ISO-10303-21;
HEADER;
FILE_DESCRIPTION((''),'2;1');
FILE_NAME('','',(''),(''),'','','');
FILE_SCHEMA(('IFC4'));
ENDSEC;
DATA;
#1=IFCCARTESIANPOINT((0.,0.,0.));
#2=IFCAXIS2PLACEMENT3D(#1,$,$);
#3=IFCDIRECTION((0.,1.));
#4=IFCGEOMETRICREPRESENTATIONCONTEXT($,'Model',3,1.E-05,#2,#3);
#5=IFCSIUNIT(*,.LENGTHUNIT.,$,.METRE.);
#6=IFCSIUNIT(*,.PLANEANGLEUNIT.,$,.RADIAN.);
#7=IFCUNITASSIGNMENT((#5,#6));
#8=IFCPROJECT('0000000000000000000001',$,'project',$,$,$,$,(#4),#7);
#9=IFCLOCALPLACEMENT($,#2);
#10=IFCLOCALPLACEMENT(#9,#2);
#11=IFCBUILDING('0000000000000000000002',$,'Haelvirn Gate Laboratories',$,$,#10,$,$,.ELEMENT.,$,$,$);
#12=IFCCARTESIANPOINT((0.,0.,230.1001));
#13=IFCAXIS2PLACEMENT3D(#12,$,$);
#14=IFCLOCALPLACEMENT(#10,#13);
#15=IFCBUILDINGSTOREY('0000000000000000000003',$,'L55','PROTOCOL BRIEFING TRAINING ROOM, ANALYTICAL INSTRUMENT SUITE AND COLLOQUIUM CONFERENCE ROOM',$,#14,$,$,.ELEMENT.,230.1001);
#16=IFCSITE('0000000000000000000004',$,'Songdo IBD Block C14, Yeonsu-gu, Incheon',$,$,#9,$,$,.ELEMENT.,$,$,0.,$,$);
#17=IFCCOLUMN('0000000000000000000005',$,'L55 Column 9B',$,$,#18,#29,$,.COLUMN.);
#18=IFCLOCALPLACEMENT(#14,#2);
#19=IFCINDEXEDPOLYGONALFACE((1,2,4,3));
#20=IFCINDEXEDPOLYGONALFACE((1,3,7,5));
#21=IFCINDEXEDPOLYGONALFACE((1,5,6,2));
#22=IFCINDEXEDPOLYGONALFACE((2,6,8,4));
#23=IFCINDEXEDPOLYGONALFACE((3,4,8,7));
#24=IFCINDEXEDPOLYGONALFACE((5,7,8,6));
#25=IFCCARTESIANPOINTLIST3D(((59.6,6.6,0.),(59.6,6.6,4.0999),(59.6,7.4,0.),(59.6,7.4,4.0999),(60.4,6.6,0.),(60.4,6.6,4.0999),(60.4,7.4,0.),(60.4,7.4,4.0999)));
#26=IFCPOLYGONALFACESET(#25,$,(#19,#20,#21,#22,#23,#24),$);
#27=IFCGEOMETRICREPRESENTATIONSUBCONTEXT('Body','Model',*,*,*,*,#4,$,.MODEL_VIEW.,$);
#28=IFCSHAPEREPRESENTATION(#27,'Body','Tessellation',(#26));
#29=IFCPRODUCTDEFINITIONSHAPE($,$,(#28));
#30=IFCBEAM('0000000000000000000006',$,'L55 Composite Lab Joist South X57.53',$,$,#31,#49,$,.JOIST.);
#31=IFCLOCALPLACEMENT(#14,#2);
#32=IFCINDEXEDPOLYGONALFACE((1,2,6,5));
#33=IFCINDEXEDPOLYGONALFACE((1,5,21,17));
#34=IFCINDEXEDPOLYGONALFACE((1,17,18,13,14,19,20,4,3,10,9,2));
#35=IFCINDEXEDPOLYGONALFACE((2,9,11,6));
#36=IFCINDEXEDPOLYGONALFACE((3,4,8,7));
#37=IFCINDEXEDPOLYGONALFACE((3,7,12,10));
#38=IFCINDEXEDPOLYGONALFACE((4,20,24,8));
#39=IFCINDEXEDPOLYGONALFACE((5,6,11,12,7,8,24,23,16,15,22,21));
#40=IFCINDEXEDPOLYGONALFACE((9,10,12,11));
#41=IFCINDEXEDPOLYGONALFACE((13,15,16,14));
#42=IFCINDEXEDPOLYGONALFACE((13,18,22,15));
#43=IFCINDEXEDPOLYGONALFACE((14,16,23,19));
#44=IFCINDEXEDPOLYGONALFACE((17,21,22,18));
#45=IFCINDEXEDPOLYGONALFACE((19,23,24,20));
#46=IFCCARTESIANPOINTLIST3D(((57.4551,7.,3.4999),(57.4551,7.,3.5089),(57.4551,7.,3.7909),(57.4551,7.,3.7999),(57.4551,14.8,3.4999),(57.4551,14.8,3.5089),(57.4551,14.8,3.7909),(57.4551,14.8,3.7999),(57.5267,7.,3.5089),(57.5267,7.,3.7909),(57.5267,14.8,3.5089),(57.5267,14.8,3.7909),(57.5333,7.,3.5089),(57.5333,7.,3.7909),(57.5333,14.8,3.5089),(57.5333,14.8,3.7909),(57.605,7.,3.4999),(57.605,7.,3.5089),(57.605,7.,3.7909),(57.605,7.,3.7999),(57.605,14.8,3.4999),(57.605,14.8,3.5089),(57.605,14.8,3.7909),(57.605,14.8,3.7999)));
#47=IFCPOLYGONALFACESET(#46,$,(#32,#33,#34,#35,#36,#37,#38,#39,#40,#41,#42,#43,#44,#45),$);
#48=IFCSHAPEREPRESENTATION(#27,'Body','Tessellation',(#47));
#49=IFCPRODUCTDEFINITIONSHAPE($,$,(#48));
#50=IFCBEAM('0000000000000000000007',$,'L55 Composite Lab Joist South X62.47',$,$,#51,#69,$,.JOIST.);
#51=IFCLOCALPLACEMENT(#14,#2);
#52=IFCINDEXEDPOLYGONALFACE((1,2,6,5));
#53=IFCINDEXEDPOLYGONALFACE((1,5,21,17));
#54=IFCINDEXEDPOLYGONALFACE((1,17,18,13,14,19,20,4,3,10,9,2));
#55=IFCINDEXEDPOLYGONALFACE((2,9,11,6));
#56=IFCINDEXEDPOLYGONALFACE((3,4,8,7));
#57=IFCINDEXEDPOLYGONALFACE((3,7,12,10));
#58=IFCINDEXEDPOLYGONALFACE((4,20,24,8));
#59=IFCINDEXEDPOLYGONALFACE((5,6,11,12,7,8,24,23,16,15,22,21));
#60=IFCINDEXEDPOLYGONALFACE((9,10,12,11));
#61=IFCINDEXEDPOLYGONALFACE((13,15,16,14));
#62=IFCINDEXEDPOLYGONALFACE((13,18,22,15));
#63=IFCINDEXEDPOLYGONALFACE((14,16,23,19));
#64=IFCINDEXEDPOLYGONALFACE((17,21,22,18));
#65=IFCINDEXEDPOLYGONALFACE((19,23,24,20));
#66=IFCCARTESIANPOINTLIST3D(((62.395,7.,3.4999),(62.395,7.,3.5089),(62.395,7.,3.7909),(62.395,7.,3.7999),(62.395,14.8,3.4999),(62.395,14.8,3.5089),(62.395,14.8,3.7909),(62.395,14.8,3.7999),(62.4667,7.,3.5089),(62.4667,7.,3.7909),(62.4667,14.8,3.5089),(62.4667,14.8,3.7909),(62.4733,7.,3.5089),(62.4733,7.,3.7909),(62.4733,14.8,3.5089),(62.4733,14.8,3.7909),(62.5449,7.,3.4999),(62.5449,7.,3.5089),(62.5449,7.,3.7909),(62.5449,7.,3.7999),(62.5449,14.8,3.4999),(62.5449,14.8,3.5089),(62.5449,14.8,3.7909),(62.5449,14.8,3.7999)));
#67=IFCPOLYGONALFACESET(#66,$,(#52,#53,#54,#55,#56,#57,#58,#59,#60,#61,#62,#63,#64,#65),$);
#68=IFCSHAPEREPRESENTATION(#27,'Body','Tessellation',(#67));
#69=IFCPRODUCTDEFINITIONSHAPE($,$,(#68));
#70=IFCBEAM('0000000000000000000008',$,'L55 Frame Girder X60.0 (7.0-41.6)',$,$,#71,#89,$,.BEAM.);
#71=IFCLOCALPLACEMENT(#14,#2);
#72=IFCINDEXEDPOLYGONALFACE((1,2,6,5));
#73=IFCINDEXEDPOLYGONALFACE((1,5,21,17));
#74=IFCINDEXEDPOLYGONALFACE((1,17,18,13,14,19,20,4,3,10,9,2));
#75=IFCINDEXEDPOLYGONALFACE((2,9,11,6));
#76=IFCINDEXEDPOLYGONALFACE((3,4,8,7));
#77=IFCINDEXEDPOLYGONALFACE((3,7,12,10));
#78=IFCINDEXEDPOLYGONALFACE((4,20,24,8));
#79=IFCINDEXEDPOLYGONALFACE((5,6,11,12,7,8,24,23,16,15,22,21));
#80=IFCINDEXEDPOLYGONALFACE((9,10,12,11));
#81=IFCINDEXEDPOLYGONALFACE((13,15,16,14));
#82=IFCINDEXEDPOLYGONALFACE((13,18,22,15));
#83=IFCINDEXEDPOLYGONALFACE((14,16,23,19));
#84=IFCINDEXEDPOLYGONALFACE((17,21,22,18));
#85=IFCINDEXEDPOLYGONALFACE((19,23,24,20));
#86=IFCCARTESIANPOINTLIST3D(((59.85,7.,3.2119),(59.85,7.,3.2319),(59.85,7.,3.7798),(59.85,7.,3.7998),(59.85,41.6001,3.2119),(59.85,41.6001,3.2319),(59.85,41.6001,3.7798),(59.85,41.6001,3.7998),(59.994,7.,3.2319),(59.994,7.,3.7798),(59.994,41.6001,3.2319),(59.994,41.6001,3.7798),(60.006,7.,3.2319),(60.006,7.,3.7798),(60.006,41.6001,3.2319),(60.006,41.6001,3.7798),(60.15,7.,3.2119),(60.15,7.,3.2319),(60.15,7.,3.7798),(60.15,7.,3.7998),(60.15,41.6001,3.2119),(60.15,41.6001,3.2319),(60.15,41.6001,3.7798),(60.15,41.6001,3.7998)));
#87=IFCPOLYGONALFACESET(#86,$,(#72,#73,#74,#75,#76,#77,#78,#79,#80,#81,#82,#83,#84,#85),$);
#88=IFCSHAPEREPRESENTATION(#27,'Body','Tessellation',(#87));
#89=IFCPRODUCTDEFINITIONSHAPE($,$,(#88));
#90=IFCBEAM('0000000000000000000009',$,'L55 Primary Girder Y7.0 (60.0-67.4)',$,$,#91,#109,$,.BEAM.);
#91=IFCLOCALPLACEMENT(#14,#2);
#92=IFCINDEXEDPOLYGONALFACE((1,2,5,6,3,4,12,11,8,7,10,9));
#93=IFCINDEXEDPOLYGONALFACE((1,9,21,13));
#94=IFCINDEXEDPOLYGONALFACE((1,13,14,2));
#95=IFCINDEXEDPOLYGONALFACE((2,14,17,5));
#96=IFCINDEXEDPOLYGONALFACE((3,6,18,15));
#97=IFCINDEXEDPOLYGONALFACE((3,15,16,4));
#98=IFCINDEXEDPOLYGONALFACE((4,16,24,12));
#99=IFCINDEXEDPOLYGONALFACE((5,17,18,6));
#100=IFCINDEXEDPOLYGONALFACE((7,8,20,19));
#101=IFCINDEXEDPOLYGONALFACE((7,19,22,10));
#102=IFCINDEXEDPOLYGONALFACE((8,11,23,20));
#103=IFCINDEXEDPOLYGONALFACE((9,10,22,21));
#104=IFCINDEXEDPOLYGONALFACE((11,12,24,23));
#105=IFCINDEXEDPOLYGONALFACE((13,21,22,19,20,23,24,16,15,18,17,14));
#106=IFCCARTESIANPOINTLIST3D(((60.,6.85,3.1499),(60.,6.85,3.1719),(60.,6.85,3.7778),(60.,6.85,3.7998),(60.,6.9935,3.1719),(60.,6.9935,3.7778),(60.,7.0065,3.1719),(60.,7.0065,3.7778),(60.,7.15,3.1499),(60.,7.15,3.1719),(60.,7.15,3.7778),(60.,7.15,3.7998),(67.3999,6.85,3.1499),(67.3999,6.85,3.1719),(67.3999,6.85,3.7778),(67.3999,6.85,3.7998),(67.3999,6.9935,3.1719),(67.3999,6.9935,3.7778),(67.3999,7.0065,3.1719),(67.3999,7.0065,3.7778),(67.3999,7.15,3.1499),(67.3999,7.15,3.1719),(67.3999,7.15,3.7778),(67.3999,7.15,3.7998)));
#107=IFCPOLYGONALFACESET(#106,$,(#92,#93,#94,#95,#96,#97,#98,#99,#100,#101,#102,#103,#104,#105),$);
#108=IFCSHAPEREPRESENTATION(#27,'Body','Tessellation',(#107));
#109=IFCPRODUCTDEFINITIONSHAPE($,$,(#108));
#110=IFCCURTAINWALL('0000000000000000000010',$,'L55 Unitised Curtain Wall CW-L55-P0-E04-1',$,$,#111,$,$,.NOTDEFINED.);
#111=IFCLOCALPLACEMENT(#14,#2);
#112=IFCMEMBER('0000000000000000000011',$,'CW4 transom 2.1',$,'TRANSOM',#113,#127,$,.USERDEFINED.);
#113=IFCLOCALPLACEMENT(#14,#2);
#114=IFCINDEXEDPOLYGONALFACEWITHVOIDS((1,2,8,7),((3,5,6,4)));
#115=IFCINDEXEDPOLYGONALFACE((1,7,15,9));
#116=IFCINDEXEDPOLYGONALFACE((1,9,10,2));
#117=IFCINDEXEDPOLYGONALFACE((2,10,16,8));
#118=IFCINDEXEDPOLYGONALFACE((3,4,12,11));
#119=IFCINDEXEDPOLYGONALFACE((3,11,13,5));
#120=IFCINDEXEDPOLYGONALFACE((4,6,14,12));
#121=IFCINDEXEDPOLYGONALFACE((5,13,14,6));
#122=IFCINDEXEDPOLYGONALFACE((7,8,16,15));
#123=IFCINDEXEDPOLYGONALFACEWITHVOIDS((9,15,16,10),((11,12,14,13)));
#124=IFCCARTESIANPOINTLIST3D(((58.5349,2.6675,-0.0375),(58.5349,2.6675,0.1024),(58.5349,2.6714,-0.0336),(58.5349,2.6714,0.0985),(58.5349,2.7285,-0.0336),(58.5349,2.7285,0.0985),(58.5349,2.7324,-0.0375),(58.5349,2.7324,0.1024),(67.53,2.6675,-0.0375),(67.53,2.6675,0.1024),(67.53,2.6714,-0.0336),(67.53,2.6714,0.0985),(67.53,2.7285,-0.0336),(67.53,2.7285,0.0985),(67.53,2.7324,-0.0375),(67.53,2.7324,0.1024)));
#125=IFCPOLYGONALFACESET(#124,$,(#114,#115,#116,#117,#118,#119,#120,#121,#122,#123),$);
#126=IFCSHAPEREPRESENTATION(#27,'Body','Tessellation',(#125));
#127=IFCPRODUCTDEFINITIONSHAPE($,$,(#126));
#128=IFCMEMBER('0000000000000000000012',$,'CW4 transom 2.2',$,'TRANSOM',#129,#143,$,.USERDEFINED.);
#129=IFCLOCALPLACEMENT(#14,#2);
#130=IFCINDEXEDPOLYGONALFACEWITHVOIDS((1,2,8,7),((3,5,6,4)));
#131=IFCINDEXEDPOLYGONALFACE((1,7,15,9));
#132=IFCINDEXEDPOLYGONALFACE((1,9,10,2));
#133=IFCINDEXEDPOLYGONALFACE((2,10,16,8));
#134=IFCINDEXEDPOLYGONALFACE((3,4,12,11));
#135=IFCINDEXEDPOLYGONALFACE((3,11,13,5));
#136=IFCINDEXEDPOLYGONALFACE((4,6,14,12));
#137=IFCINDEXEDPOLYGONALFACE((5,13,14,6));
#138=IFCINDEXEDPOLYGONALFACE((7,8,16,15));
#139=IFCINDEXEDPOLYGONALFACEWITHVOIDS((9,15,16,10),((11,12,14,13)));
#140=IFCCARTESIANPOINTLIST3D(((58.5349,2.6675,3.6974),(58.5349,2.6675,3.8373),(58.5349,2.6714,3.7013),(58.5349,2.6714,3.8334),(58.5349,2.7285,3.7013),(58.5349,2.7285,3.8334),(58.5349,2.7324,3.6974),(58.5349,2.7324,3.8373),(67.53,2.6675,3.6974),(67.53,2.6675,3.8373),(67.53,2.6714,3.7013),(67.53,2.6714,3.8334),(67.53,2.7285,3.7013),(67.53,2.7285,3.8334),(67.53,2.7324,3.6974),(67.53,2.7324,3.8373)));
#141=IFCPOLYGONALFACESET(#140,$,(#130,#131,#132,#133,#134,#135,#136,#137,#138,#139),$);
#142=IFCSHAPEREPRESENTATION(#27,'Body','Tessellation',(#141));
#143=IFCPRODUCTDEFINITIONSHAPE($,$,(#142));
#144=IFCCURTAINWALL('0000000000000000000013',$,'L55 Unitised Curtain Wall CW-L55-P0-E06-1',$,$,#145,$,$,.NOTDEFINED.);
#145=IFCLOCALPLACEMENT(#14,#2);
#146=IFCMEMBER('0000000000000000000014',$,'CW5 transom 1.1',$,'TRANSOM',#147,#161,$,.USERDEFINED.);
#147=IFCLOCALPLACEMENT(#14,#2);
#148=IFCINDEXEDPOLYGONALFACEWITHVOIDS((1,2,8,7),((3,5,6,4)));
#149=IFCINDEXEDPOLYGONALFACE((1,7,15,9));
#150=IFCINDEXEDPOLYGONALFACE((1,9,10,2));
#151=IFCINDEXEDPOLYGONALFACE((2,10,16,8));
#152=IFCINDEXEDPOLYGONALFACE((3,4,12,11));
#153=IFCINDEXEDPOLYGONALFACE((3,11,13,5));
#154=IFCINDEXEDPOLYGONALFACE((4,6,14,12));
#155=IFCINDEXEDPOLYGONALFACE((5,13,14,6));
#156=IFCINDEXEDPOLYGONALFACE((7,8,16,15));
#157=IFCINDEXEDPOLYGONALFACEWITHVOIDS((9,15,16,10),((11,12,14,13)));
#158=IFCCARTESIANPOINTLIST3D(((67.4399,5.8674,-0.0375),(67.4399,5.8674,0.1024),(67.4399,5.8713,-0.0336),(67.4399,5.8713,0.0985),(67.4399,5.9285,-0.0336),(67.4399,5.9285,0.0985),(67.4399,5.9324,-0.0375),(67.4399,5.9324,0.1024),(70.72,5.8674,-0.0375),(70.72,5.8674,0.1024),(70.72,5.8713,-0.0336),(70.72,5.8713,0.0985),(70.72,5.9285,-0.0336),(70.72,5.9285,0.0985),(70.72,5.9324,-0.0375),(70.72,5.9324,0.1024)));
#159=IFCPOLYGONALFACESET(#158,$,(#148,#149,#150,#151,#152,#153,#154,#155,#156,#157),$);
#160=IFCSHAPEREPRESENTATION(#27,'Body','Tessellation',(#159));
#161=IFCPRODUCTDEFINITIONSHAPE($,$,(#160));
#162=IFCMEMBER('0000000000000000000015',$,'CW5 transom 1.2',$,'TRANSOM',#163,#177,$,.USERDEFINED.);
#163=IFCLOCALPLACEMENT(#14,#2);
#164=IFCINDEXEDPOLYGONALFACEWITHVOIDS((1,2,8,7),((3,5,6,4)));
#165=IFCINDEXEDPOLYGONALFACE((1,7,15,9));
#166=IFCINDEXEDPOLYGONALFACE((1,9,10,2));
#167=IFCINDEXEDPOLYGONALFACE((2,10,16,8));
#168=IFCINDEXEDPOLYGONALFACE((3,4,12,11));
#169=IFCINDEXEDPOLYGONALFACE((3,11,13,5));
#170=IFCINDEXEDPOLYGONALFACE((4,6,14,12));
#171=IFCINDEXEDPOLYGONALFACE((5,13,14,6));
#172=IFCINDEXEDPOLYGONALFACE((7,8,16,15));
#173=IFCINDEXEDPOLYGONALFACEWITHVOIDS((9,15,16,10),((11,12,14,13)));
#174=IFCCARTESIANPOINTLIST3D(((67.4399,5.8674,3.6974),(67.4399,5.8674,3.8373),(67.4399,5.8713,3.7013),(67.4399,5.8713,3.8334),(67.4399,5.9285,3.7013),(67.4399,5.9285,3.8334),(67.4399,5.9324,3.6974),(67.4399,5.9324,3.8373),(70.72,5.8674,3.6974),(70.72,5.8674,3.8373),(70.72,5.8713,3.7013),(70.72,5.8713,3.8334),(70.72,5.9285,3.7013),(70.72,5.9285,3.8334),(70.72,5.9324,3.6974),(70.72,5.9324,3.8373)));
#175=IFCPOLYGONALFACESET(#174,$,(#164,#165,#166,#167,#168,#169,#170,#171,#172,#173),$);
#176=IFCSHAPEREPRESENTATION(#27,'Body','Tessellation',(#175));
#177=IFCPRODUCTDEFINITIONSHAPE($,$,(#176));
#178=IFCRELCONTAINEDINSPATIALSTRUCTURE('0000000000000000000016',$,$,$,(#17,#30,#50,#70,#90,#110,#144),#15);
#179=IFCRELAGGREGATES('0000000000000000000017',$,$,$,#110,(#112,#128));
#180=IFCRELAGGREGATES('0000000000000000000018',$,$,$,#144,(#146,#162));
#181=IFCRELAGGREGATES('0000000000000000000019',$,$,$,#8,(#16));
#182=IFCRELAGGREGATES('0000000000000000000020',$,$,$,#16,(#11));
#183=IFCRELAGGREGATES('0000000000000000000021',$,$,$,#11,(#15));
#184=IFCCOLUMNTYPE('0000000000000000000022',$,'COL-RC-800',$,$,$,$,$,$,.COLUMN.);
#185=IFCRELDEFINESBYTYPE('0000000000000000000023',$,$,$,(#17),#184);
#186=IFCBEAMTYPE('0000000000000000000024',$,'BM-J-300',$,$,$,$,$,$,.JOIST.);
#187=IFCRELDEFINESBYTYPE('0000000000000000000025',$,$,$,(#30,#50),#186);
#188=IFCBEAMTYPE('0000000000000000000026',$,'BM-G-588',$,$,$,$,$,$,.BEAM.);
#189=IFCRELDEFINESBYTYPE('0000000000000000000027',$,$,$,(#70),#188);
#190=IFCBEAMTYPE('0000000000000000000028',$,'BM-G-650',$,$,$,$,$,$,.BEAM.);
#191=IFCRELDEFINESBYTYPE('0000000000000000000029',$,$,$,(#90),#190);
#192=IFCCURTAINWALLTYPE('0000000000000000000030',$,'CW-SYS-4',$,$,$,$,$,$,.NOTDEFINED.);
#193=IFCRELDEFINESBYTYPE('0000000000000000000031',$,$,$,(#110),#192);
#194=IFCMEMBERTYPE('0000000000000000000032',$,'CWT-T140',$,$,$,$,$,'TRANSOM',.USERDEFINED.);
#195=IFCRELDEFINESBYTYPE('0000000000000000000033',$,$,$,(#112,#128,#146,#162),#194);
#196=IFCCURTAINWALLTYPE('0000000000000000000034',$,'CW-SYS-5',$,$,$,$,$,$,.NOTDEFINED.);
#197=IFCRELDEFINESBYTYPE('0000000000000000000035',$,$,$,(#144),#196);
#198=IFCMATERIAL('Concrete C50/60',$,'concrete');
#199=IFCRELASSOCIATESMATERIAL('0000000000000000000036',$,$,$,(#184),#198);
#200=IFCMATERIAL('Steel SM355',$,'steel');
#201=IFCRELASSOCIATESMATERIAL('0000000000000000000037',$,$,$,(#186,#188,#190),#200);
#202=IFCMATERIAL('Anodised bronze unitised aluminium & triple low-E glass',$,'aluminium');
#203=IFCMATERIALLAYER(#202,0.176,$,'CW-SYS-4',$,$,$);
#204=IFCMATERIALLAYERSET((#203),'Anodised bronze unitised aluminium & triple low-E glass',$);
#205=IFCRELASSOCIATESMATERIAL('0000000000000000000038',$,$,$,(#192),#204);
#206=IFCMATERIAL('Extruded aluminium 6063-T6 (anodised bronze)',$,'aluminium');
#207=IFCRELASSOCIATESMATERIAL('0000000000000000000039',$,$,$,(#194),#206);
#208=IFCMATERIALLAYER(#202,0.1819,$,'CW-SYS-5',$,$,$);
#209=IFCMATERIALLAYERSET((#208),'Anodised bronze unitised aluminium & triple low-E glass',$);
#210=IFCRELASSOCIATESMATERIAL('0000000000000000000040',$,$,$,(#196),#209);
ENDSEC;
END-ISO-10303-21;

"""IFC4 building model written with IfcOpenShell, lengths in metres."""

from ifc_helpers import new_model, si_unit, direction, frame, origin, origin_2d, place, context, subcontext, project, spatial, rectangle, hollow_rectangle, i_section, extrude, source, transform, mapped, material, layer, layer_set, material_profile, profile_set, type_object, type_shapes, element, aggregate, save


model = new_model("IFC4")

# Units and contexts
model_context = context("Model", 3, precision=1e-05, world=origin(), true_north=direction((0.0, 1.0)))
body_context = subcontext(model_context, "Body", "Model", "MODEL_VIEW")
ifc_project = project(units=[si_unit("LENGTHUNIT", "METRE"), si_unit("PLANEANGLEUNIT", "RADIAN")], contexts=[model_context])

# Site, building, storey
site_placement = place(None, origin())
site = spatial("IfcSite", under=ifc_project, at=site_placement, Name="Songdo IBD Block C14, Yeonsu-gu, Incheon", CompositionType="ELEMENT", RefElevation=0.0)
building_placement = place(site_placement, origin())
building = spatial("IfcBuilding", under=site, at=building_placement, Name="Haelvirn Gate Laboratories", CompositionType="ELEMENT")
storey_placement = place(building_placement, frame((0.0, 0.0, 230.1001)))
storey = spatial("IfcBuildingStorey", under=building, at=storey_placement, Name="L55", Description="PROTOCOL BRIEFING TRAINING ROOM, ANALYTICAL INSTRUMENT SUITE AND COLLOQUIUM CONFERENCE ROOM", CompositionType="ELEMENT", Elevation=230.1001)

# Column
ifc_material_1 = material(Name="Concrete C50/60", Category="concrete")
ifc_material_profile_1 = material_profile(ifc_material_1, rectangle(XDim=0.8, YDim=0.8, at=origin_2d()), Name="RC-800x800")
ifc_profile_set_1 = profile_set([ifc_material_profile_1], Name="Concrete C50/60")
column_type = type_object("IfcColumnType", Name="COL-RC-800", PredefinedType="COLUMN", material=ifc_profile_set_1)
shared_shape_1 = source(origin(), body_context, "Body", "SweptSolid", [
    extrude(rectangle(XDim=0.8, YDim=0.8, at=origin_2d()), origin(), (0.0, 0.0, 1.0), 4.0999),
])
type_shapes(column_type, [shared_shape_1])
column_placement = place(storey_placement, frame((60.0, 7.0, 0.0), z_axis=(0.0, 0.0, 1.0), x_axis=(1.0, 0.0, 0.0)))
element("IfcColumn", 1, at=column_placement, inside=storey, type_object=column_type, Name="L55 Column 9B", PredefinedType="COLUMN", context=body_context, shape_type="MappedRepresentation", body=[
    mapped(shared_shape_1, transform((0.0, 0.0, 0.0), scale=1.0)),
])

# Beams
ifc_material_2 = material(Name="Steel SM355", Category="steel")
ifc_material_profile_2 = material_profile(ifc_material_2, i_section(OverallWidth=0.1499, OverallDepth=0.3, WebThickness=0.0066, FlangeThickness=0.009, at=origin_2d()), Name="H-300x150x6.5x9")
ifc_profile_set_2 = profile_set([ifc_material_profile_2], Name="Steel SM355")
beam_type_1 = type_object("IfcBeamType", Name="BM-J-300", PredefinedType="JOIST", material=ifc_profile_set_2)
shared_shape_2 = source(origin(), body_context, "Body", "SweptSolid", [
    extrude(i_section(OverallWidth=0.1499, OverallDepth=0.3, WebThickness=0.0066, FlangeThickness=0.009, at=origin_2d()), origin(), (0.0, 0.0, 1.0), 7.8),
])
type_shapes(beam_type_1, [shared_shape_2])
for number, where, z_axis, x_axis, name in (
    (2, (57.53, 7.0, 3.6499), (0.0, 1.0, 0.0), (-1.0, 0.0, 0.0), "L55 Composite Lab Joist South X57.53"),
    (3, (62.47, 7.0, 3.6499), (0.0, 1.0, 0.0), (-1.0, 0.0, 0.0), "L55 Composite Lab Joist South X62.47"),
):
    element("IfcBeam", number, at=place(storey_placement, frame(where, z_axis=z_axis, x_axis=x_axis)), inside=storey, type_object=beam_type_1, Name=name, PredefinedType="JOIST", context=body_context, shape_type="MappedRepresentation", body=[
        mapped(shared_shape_2, transform((0.0, 0.0, 0.0), scale=1.0)),
    ])
ifc_material_profile_3 = material_profile(ifc_material_2, i_section(OverallWidth=0.3, OverallDepth=0.5879, WebThickness=0.012, FlangeThickness=0.02, at=origin_2d()), Name="H-588x300x12x20")
ifc_profile_set_3 = profile_set([ifc_material_profile_3], Name="Steel SM355")
beam_type_2 = type_object("IfcBeamType", Name="BM-G-588", PredefinedType="BEAM", material=ifc_profile_set_3)
shared_shape_3 = source(origin(), body_context, "Body", "SweptSolid", [
    extrude(i_section(OverallWidth=0.3, OverallDepth=0.5879, WebThickness=0.012, FlangeThickness=0.02, at=origin_2d()), origin(), (0.0, 0.0, 1.0), 34.6001),
])
type_shapes(beam_type_2, [shared_shape_3])
beam_1_placement = place(storey_placement, frame((60.0, 7.0, 3.5059), z_axis=(0.0, 1.0, 0.0), x_axis=(-1.0, 0.0, 0.0)))
element("IfcBeam", 4, at=beam_1_placement, inside=storey, type_object=beam_type_2, Name="L55 Frame Girder X60.0 (7.0-41.6)", PredefinedType="BEAM", context=body_context, shape_type="MappedRepresentation", body=[
    mapped(shared_shape_3, transform((0.0, 0.0, 0.0), scale=1.0)),
])
ifc_material_profile_4 = material_profile(ifc_material_2, i_section(OverallWidth=0.3, OverallDepth=0.6499, WebThickness=0.0129, FlangeThickness=0.022, at=origin_2d()), Name="H-650x300x13x22")
ifc_profile_set_4 = profile_set([ifc_material_profile_4], Name="Steel SM355")
beam_type_3 = type_object("IfcBeamType", Name="BM-G-650", PredefinedType="BEAM", material=ifc_profile_set_4)
shared_shape_4 = source(origin(), body_context, "Body", "SweptSolid", [
    extrude(i_section(OverallWidth=0.3, OverallDepth=0.6499, WebThickness=0.0129, FlangeThickness=0.022, at=origin_2d()), origin(), (0.0, 0.0, 1.0), 7.3999),
])
type_shapes(beam_type_3, [shared_shape_4])
beam_2_placement = place(storey_placement, frame((60.0, 7.0, 3.4749), z_axis=(1.0, 0.0, 0.0), x_axis=(0.0, 1.0, 0.0)))
element("IfcBeam", 5, at=beam_2_placement, inside=storey, type_object=beam_type_3, Name="L55 Primary Girder Y7.0 (60.0-67.4)", PredefinedType="BEAM", context=body_context, shape_type="MappedRepresentation", body=[
    mapped(shared_shape_4, transform((0.0, 0.0, 0.0), scale=1.0)),
])

# Curtain walls, members
ifc_material_3 = material(Name="Anodised bronze unitised aluminium & triple low-E glass", Category="aluminium")
ifc_layer_1 = layer(ifc_material_3, 0.176, Name="CW-SYS-4")
ifc_layer_set_1 = layer_set([ifc_layer_1], Name="Anodised bronze unitised aluminium & triple low-E glass")
curtain_wall_type_1 = type_object("IfcCurtainWallType", Name="CW-SYS-4", PredefinedType="NOTDEFINED", material=ifc_layer_set_1)
curtain_wall_1_placement = place(storey_placement, origin())
curtain_wall_1 = element("IfcCurtainWall", 6, at=curtain_wall_1_placement, inside=storey, type_object=curtain_wall_type_1, Name="L55 Unitised Curtain Wall CW-L55-P0-E04-1", PredefinedType="NOTDEFINED")
ifc_material_4 = material(Name="Extruded aluminium 6063-T6 (anodised bronze)", Category="aluminium")
ifc_material_profile_5 = material_profile(ifc_material_4, hollow_rectangle(XDim=0.0649, YDim=0.1399, WallThickness=0.0039, at=origin_2d()), Name="CWT-140x65x4")
ifc_profile_set_5 = profile_set([ifc_material_profile_5], Name="Extruded aluminium 6063-T6 (anodised bronze)")
member_type_1 = type_object("IfcMemberType", Name="CWT-T140", ElementType="TRANSOM", PredefinedType="USERDEFINED", material=ifc_profile_set_5)
shared_shape_5 = source(origin(), body_context, "Body", "SweptSolid", [
    extrude(hollow_rectangle(XDim=0.0649, YDim=0.1399, WallThickness=0.0039, at=origin_2d()), origin(), (0.0, 0.0, 1.0), 8.9951),
])
member_1_placement = place(storey_placement, frame((58.5349, 2.7, 0.0325), z_axis=(1.0, 0.0, 0.0), x_axis=(0.0, 1.0, 0.0)))
member_1 = element("IfcMember", 7, at=member_1_placement, type_object=member_type_1, Name="CW4 transom 2.1", ObjectType="TRANSOM", PredefinedType="USERDEFINED", context=body_context, shape_type="MappedRepresentation", body=[
    mapped(shared_shape_5, transform((0.0, 0.0, 0.0), scale=1.0)),
])
member_2_placement = place(storey_placement, frame((58.5349, 2.7, 3.7673), z_axis=(1.0, 0.0, 0.0), x_axis=(0.0, 1.0, 0.0)))
member_2 = element("IfcMember", 8, at=member_2_placement, type_object=member_type_1, Name="CW4 transom 2.2", ObjectType="TRANSOM", PredefinedType="USERDEFINED", context=body_context, shape_type="MappedRepresentation", body=[
    mapped(shared_shape_5, transform((0.0, 0.0, 0.0), scale=1.0)),
])
ifc_layer_2 = layer(ifc_material_3, 0.1819, Name="CW-SYS-5")
ifc_layer_set_2 = layer_set([ifc_layer_2], Name="Anodised bronze unitised aluminium & triple low-E glass")
curtain_wall_type_2 = type_object("IfcCurtainWallType", Name="CW-SYS-5", PredefinedType="NOTDEFINED", material=ifc_layer_set_2)
curtain_wall_2_placement = place(storey_placement, origin())
curtain_wall_2 = element("IfcCurtainWall", 9, at=curtain_wall_2_placement, inside=storey, type_object=curtain_wall_type_2, Name="L55 Unitised Curtain Wall CW-L55-P0-E06-1", PredefinedType="NOTDEFINED")
shared_shape_6 = source(origin(), body_context, "Body", "SweptSolid", [
    extrude(hollow_rectangle(XDim=0.0649, YDim=0.1399, WallThickness=0.0039, at=origin_2d()), origin(), (0.0, 0.0, 1.0), 3.28),
])
member_3_placement = place(storey_placement, frame((67.4399, 5.8999, 0.0325), z_axis=(1.0, 0.0, 0.0), x_axis=(0.0, 1.0, 0.0)))
member_3 = element("IfcMember", 10, at=member_3_placement, type_object=member_type_1, Name="CW5 transom 1.1", ObjectType="TRANSOM", PredefinedType="USERDEFINED", context=body_context, shape_type="MappedRepresentation", body=[
    mapped(shared_shape_6, transform((0.0, 0.0, 0.0), scale=1.0)),
])
member_4_placement = place(storey_placement, frame((67.4399, 5.8999, 3.7673), z_axis=(1.0, 0.0, 0.0), x_axis=(0.0, 1.0, 0.0)))
member_4 = element("IfcMember", 11, at=member_4_placement, type_object=member_type_1, Name="CW5 transom 1.2", ObjectType="TRANSOM", PredefinedType="USERDEFINED", context=body_context, shape_type="MappedRepresentation", body=[
    mapped(shared_shape_6, transform((0.0, 0.0, 0.0), scale=1.0)),
])

aggregate(curtain_wall_1, [member_1, member_2])
aggregate(curtain_wall_2, [member_3, member_4])

save(model, "model.ifc")
